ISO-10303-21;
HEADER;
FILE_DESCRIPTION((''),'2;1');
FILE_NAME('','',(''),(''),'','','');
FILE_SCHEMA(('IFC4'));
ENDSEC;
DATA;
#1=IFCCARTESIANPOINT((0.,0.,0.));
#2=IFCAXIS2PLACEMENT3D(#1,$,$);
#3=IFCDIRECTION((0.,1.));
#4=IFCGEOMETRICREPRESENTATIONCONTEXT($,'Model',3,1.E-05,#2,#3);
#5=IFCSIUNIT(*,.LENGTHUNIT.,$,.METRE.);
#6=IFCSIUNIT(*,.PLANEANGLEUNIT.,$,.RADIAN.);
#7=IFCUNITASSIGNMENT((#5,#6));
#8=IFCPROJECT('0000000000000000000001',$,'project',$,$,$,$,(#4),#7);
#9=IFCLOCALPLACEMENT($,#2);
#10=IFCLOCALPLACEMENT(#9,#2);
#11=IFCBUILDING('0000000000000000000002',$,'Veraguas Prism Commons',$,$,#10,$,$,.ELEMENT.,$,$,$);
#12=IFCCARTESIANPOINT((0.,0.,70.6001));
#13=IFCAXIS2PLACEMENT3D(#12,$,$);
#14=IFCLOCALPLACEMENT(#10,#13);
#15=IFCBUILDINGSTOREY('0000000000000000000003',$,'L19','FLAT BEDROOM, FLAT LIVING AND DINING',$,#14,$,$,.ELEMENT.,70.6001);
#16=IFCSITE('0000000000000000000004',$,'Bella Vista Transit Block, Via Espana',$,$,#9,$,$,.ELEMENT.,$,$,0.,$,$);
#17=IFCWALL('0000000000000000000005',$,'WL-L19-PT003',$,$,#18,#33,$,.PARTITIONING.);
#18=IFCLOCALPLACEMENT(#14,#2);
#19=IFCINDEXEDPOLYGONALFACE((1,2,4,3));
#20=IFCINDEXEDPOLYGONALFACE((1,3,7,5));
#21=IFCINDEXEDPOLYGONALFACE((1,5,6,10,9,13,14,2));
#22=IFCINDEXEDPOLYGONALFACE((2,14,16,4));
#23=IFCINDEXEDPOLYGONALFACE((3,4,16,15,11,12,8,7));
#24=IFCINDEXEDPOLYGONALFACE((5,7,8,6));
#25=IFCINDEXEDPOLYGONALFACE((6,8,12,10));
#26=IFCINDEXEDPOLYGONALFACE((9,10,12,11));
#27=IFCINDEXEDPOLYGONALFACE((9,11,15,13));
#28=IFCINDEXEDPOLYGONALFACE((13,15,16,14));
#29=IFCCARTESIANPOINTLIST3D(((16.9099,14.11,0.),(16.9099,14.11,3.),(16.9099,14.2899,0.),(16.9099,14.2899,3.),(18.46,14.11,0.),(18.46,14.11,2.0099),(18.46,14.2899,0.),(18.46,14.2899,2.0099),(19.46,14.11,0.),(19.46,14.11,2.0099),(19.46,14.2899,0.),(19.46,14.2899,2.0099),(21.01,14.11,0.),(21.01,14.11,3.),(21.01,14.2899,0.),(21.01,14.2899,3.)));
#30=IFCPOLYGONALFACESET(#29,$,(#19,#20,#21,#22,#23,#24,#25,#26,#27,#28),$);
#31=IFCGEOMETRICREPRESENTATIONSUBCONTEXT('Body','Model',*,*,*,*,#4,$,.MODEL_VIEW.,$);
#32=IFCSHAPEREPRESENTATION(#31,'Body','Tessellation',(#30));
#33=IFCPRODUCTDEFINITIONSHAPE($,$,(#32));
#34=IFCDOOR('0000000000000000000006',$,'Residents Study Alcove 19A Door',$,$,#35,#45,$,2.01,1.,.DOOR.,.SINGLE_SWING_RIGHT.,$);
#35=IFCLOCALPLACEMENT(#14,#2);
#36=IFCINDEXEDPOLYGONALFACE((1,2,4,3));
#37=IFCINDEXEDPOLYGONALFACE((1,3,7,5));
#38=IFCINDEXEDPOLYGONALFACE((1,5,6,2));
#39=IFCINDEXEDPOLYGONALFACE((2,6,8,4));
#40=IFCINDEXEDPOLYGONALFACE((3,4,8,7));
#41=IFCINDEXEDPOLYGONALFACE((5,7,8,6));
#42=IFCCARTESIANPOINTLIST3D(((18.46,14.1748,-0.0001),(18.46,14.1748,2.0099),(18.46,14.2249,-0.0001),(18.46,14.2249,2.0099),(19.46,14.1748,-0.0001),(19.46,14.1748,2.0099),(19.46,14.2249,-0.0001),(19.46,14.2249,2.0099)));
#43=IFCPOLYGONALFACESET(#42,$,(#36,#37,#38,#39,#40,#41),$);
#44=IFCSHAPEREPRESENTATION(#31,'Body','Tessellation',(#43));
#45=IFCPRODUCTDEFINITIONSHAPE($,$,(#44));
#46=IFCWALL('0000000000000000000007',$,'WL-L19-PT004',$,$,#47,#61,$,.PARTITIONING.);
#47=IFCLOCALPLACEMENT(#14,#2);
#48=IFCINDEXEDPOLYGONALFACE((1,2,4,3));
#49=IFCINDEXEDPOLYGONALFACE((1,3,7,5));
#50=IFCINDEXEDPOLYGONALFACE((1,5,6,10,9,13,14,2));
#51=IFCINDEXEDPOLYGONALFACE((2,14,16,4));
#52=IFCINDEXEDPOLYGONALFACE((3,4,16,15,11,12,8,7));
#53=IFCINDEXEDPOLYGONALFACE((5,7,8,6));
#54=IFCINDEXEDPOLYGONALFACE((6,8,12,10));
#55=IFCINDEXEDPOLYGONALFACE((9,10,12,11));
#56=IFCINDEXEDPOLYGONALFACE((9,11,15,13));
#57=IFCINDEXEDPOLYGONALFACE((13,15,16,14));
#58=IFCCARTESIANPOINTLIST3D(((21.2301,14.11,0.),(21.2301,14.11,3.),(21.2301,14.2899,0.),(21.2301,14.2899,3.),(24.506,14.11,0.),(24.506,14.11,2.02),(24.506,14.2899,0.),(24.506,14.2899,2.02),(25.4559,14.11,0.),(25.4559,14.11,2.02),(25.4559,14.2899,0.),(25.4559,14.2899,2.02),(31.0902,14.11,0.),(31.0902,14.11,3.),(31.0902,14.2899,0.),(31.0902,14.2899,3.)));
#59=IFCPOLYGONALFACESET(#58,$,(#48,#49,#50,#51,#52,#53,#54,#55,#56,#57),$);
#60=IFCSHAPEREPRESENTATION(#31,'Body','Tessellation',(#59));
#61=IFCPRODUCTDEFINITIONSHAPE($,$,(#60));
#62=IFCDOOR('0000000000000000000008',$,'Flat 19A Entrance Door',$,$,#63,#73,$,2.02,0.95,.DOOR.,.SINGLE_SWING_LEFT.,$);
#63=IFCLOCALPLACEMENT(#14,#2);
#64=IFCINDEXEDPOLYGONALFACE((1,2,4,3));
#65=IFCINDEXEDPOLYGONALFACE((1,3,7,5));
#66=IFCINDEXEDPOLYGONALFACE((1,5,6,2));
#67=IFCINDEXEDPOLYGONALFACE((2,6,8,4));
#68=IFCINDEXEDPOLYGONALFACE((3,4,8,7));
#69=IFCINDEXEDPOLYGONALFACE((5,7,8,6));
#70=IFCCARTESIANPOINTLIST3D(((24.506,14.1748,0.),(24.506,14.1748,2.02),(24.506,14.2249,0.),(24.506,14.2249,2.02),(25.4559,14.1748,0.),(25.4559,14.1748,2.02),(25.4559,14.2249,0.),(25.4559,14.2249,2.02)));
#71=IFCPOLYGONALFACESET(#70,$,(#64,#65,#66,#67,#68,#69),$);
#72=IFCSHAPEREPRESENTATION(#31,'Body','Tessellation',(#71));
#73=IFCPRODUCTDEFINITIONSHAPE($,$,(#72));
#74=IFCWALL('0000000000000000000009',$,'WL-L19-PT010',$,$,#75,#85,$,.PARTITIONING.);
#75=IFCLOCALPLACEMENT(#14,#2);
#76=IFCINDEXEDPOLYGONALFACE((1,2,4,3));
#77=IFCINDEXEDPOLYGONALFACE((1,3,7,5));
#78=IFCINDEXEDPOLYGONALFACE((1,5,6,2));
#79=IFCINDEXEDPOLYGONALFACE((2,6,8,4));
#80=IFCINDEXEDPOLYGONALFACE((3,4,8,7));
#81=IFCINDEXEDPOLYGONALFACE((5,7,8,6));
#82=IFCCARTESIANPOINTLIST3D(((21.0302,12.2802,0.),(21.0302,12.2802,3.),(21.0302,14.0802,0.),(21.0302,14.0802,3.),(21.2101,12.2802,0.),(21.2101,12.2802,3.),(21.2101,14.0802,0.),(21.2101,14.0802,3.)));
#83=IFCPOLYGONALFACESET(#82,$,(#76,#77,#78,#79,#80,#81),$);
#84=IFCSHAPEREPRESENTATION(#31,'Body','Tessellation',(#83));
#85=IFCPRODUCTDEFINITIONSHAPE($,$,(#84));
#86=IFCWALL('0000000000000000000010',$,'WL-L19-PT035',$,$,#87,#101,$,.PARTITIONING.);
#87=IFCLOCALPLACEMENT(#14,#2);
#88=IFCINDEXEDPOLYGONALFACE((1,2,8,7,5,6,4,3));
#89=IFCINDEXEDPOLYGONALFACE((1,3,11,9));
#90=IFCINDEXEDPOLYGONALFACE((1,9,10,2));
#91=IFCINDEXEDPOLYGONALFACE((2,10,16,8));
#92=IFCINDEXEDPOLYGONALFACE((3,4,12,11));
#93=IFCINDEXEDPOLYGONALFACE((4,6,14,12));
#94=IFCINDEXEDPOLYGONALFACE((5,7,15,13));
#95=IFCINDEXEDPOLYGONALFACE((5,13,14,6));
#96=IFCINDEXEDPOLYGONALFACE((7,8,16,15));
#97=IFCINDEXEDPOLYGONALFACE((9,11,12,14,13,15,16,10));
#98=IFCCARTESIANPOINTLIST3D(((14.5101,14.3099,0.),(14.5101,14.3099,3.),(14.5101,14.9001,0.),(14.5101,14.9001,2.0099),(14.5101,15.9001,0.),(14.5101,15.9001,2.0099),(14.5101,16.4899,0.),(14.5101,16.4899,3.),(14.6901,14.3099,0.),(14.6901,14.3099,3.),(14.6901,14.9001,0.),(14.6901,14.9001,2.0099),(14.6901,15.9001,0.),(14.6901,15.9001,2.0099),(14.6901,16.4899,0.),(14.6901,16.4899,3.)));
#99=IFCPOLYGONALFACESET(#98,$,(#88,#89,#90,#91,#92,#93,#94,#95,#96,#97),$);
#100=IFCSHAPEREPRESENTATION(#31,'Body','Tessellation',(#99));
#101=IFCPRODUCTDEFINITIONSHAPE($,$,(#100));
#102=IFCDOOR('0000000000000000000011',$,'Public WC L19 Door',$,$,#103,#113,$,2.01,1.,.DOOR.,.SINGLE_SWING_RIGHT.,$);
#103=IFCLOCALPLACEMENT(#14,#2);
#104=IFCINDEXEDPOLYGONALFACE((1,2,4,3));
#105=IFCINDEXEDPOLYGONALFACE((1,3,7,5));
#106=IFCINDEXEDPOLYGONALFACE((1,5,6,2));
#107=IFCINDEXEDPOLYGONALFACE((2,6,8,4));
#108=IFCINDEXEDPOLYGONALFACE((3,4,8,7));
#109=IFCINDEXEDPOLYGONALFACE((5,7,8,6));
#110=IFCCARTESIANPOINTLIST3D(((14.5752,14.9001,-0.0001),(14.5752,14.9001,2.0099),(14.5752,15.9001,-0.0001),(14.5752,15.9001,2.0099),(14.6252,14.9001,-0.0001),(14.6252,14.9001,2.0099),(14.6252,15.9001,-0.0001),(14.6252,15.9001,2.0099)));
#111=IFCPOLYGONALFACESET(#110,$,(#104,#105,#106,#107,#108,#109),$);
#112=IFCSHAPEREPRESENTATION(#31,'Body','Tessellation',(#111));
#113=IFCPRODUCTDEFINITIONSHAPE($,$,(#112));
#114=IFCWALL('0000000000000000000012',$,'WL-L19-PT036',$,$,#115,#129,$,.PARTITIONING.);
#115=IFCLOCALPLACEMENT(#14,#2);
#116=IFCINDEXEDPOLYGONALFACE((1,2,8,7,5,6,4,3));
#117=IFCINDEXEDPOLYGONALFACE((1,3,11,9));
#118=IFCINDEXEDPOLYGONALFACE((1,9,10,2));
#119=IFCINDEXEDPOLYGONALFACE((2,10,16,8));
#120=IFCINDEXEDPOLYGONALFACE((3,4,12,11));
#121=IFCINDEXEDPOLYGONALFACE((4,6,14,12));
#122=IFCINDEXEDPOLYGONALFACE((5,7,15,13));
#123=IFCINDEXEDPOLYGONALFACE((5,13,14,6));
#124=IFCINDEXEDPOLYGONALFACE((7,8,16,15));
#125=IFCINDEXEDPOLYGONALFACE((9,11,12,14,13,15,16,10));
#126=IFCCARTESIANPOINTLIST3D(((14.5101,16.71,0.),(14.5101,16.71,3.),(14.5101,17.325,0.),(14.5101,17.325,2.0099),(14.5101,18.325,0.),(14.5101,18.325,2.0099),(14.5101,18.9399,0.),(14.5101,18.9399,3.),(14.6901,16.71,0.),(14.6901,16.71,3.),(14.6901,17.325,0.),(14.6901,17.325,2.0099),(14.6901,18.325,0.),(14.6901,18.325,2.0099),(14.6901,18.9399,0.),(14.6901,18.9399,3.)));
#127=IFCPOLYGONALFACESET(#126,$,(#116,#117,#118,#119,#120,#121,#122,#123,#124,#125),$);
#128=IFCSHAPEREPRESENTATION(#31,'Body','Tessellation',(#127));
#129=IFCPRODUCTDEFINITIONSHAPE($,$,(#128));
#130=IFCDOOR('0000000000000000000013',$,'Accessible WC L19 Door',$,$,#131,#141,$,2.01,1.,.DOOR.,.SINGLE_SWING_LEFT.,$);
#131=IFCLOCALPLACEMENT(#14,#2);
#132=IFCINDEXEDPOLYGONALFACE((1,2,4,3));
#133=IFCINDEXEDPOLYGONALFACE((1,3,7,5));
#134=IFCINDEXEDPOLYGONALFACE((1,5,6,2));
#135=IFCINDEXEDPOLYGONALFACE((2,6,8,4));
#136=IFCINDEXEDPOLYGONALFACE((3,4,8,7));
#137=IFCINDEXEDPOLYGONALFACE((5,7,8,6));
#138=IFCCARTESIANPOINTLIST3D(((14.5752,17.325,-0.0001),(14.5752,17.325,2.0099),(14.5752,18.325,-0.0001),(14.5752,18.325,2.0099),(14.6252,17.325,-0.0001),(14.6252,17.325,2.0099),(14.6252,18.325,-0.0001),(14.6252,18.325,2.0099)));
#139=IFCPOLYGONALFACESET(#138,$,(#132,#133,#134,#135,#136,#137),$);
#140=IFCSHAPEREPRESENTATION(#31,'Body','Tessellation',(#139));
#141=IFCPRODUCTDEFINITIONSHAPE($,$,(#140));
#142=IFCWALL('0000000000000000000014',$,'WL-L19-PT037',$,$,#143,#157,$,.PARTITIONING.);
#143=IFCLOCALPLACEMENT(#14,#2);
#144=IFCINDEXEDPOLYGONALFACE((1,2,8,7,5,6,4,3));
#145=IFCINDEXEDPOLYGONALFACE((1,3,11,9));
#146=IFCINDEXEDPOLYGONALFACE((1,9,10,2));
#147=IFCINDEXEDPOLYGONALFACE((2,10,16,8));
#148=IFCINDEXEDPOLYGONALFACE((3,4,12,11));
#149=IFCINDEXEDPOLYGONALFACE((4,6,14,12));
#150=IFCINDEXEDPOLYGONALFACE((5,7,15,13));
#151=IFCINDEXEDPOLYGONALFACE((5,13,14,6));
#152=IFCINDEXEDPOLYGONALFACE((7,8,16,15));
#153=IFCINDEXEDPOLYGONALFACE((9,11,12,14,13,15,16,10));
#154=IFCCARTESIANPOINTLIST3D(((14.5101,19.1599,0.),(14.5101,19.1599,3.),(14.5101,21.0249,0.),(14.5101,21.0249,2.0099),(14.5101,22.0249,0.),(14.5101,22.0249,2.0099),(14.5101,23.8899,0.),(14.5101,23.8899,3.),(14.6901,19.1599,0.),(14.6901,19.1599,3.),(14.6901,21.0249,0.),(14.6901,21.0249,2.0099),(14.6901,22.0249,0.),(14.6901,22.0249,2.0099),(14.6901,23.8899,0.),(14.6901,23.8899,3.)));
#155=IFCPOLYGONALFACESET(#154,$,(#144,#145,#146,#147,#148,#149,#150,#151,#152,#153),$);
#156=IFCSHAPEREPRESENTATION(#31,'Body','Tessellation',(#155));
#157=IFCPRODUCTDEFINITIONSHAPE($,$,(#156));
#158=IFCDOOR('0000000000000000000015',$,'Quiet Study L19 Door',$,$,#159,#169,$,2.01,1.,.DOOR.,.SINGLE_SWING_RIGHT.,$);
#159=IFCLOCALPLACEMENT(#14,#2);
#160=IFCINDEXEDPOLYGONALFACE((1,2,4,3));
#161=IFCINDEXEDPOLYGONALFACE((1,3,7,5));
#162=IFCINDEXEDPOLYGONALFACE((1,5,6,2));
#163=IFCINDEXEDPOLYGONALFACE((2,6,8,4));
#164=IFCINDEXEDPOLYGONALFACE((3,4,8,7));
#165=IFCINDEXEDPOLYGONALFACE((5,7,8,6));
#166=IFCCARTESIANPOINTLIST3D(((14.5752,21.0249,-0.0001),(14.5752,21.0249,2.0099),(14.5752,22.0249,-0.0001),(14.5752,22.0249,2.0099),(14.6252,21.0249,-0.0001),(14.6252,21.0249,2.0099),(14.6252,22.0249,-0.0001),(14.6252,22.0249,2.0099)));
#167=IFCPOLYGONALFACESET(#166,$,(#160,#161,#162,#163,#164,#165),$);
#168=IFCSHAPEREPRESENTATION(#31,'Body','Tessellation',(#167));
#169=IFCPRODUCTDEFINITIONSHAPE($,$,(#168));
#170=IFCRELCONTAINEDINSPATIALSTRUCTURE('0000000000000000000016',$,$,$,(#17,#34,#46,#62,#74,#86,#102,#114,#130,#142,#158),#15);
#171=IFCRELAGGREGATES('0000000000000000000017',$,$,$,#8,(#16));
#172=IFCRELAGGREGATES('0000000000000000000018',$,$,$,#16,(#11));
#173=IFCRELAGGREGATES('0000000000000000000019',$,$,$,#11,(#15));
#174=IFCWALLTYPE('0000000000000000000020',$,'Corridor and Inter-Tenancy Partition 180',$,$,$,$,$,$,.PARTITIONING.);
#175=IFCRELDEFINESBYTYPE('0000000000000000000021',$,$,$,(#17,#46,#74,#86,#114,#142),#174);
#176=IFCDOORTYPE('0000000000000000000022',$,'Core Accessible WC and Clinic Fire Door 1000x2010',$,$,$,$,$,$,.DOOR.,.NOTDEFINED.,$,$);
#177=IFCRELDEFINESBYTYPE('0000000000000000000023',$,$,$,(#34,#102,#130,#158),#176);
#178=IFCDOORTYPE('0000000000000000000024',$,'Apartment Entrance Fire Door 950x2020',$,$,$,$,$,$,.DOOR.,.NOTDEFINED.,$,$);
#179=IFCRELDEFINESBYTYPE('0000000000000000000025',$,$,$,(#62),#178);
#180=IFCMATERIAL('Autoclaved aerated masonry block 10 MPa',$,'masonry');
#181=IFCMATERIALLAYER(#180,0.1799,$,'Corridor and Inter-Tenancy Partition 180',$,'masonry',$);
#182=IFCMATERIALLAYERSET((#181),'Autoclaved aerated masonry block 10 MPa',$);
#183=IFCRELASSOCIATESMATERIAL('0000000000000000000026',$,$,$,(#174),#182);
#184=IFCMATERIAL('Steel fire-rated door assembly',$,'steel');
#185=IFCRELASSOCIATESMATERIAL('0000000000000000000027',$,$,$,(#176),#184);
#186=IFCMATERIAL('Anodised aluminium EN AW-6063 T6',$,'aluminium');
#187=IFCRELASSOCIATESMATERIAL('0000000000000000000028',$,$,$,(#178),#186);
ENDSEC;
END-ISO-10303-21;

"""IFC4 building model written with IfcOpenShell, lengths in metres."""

from ifc_helpers import new_model, si_unit, direction, frame, frame_2d, origin, place, context, subcontext, project, spatial, rectangle, extrude, source, transform, mapped, material, layer, layer_set, type_object, element, fill, save


model = new_model("IFC4")

# Units and contexts
model_context = context("Model", 3, precision=1e-05, world=origin(), true_north=direction((0.0, 1.0)))
body_context = subcontext(model_context, "Body", "Model", "MODEL_VIEW")
ifc_project = project(units=[si_unit("LENGTHUNIT", "METRE"), si_unit("PLANEANGLEUNIT", "RADIAN")], contexts=[model_context])

# Site, building, storey
site_placement = place(None, origin())
site = spatial("IfcSite", under=ifc_project, at=site_placement, Name="Bella Vista Transit Block, Via Espana", CompositionType="ELEMENT", RefElevation=0.0)
building_placement = place(site_placement, origin())
building = spatial("IfcBuilding", under=site, at=building_placement, Name="Veraguas Prism Commons", CompositionType="ELEMENT")
storey_placement = place(building_placement, frame((0.0, 0.0, 70.6001)))
storey = spatial("IfcBuildingStorey", under=building, at=storey_placement, Name="L19", Description="FLAT BEDROOM, FLAT LIVING AND DINING", CompositionType="ELEMENT", Elevation=70.6001)

# Shared definitions
ifc_material_1 = material(Name="Steel fire-rated door assembly", Category="steel")

# Walls, openings, doors
ifc_material_2 = material(Name="Autoclaved aerated masonry block 10 MPa", Category="masonry")
ifc_layer_1 = layer(ifc_material_2, 0.1799, Name="Corridor and Inter-Tenancy Partition 180", Category="masonry")
ifc_layer_set_1 = layer_set([ifc_layer_1], Name="Autoclaved aerated masonry block 10 MPa")
wall_type_1 = type_object("IfcWallType", Name="Corridor and Inter-Tenancy Partition 180", PredefinedType="PARTITIONING", material=ifc_layer_set_1)
wall_1_placement = place(storey_placement, frame((16.9099, 14.2, 0.0), z_axis=(0.0, 0.0, 1.0), x_axis=(1.0, 0.0, 0.0)))
wall_1 = element("IfcWall", 1, at=wall_1_placement, inside=storey, type_object=wall_type_1, Name="WL-L19-PT003", PredefinedType="PARTITIONING", context=body_context, shape_type="SweptSolid", body=[
    extrude(rectangle(XDim=4.1001, YDim=0.1799, at=frame_2d((2.05, 0.0))), origin(), (0.0, 0.0, 1.0), 3.0),
])
opening_1_placement = place(wall_1_placement, frame((1.55, 0.0, 0.0)))
opening_1 = element("IfcOpeningElement", 2, at=opening_1_placement, cuts=wall_1, PredefinedType="OPENING", context=body_context, shape_type="SweptSolid", body=[
    extrude(rectangle(XDim=1.0, YDim=2.01, at=frame_2d((0.5, 1.0049))), frame((0.0, 0.0999, 0.0), z_axis=(0.0, -1.0, 0.0), x_axis=(1.0, 0.0, 0.0)), (0.0, 0.0, 1.0), 0.2),
])
door_type_1 = type_object("IfcDoorType", Name="Core Accessible WC and Clinic Fire Door 1000x2010", OperationType="NOTDEFINED", PredefinedType="DOOR", material=ifc_material_1)
shared_shape_1 = source(origin(), body_context, "Body", "SweptSolid", [
    extrude(rectangle(XDim=1.0, YDim=2.01, at=frame_2d((0.5, 1.0049))), frame((0.0, 0.0249, 0.0), z_axis=(0.0, -1.0, 0.0), x_axis=(1.0, 0.0, 0.0)), (0.0, 0.0, 1.0), 0.05),
])
door_1_placement = place(opening_1_placement, origin())
door_1 = element("IfcDoor", 3, at=door_1_placement, inside=storey, type_object=door_type_1, Name="Residents Study Alcove 19A Door", OperationType="SINGLE_SWING_RIGHT", OverallHeight=2.01, OverallWidth=1.0, PredefinedType="DOOR", context=body_context, shape_type="MappedRepresentation", body=[
    mapped(shared_shape_1, transform((0.0, 0.0, 0.0), scale=1.0)),
])
fill(opening_1, door_1)
wall_2_placement = place(storey_placement, frame((21.23, 14.2, 0.0), z_axis=(0.0, 0.0, 1.0), x_axis=(1.0, 0.0, 0.0)))
wall_2 = element("IfcWall", 4, at=wall_2_placement, inside=storey, type_object=wall_type_1, Name="WL-L19-PT004", PredefinedType="PARTITIONING", context=body_context, shape_type="SweptSolid", body=[
    extrude(rectangle(XDim=9.8601, YDim=0.1799, at=frame_2d((4.9302, 0.0))), origin(), (0.0, 0.0, 1.0), 3.0),
])
opening_2_placement = place(wall_2_placement, frame((3.2759, 0.0, 0.0)))
opening_2 = element("IfcOpeningElement", 5, at=opening_2_placement, cuts=wall_2, PredefinedType="OPENING", context=body_context, shape_type="SweptSolid", body=[
    extrude(rectangle(XDim=0.95, YDim=2.02, at=frame_2d((0.4751, 1.01))), frame((0.0, 0.0999, 0.0), z_axis=(0.0, -1.0, 0.0), x_axis=(1.0, 0.0, 0.0)), (0.0, 0.0, 1.0), 0.2),
])
ifc_material_3 = material(Name="Anodised aluminium EN AW-6063 T6", Category="aluminium")
door_type_2 = type_object("IfcDoorType", Name="Apartment Entrance Fire Door 950x2020", OperationType="NOTDEFINED", PredefinedType="DOOR", material=ifc_material_3)
shared_shape_2 = source(origin(), body_context, "Body", "SweptSolid", [
    extrude(rectangle(XDim=0.95, YDim=2.02, at=frame_2d((0.4751, 1.01))), frame((0.0, 0.0249, 0.0), z_axis=(0.0, -1.0, 0.0), x_axis=(1.0, 0.0, 0.0)), (0.0, 0.0, 1.0), 0.05),
])
door_2_placement = place(opening_2_placement, origin())
door_2 = element("IfcDoor", 6, at=door_2_placement, inside=storey, type_object=door_type_2, Name="Flat 19A Entrance Door", OperationType="SINGLE_SWING_LEFT", OverallHeight=2.02, OverallWidth=0.95, PredefinedType="DOOR", context=body_context, shape_type="MappedRepresentation", body=[
    mapped(shared_shape_2, transform((0.0, 0.0, 0.0), scale=1.0)),
])
fill(opening_2, door_2)

# Wall
wall_3_placement = place(storey_placement, frame((21.1201, 14.0801, 0.0), z_axis=(0.0, 0.0, 1.0), x_axis=(0.0, -1.0, 0.0)))
element("IfcWall", 7, at=wall_3_placement, inside=storey, type_object=wall_type_1, Name="WL-L19-PT010", PredefinedType="PARTITIONING", context=body_context, shape_type="SweptSolid", body=[
    extrude(rectangle(XDim=1.8, YDim=0.1799, at=frame_2d((0.8999, 0.0))), origin(), (0.0, 0.0, 1.0), 3.0),
])

# Walls, openings, doors
wall_4_placement = place(storey_placement, frame((14.6001, 14.3101, 0.0), z_axis=(0.0, 0.0, 1.0), x_axis=(0.0, 1.0, 0.0)))
wall_4 = element("IfcWall", 8, at=wall_4_placement, inside=storey, type_object=wall_type_1, Name="WL-L19-PT035", PredefinedType="PARTITIONING", context=body_context, shape_type="SweptSolid", body=[
    extrude(rectangle(XDim=2.1799, YDim=0.1799, at=frame_2d((1.0898, 0.0))), origin(), (0.0, 0.0, 1.0), 3.0),
])
opening_3_placement = place(wall_4_placement, frame((0.5901, 0.0, 0.0)))
opening_3 = element("IfcOpeningElement", 9, at=opening_3_placement, cuts=wall_4, PredefinedType="OPENING", context=body_context, shape_type="SweptSolid", body=[
    extrude(rectangle(XDim=1.0, YDim=2.01, at=frame_2d((0.5, 1.0049))), frame((0.0, 0.0999, 0.0), z_axis=(0.0, -1.0, 0.0), x_axis=(1.0, 0.0, 0.0)), (0.0, 0.0, 1.0), 0.2),
])
door_3_placement = place(opening_3_placement, origin())
door_3 = element("IfcDoor", 10, at=door_3_placement, inside=storey, type_object=door_type_1, Name="Public WC L19 Door", OperationType="SINGLE_SWING_RIGHT", OverallHeight=2.01, OverallWidth=1.0, PredefinedType="DOOR", context=body_context, shape_type="MappedRepresentation", body=[
    mapped(shared_shape_1, transform((0.0, 0.0, 0.0), scale=1.0)),
])
fill(opening_3, door_3)
wall_5_placement = place(storey_placement, frame((14.6001, 16.71, 0.0), z_axis=(0.0, 0.0, 1.0), x_axis=(0.0, 1.0, 0.0)))
wall_5 = element("IfcWall", 11, at=wall_5_placement, inside=storey, type_object=wall_type_1, Name="WL-L19-PT036", PredefinedType="PARTITIONING", context=body_context, shape_type="SweptSolid", body=[
    extrude(rectangle(XDim=2.23, YDim=0.1799, at=frame_2d((1.115, 0.0))), origin(), (0.0, 0.0, 1.0), 3.0),
])
opening_4_placement = place(wall_5_placement, frame((0.615, 0.0, 0.0)))
opening_4 = element("IfcOpeningElement", 12, at=opening_4_placement, cuts=wall_5, PredefinedType="OPENING", context=body_context, shape_type="SweptSolid", body=[
    extrude(rectangle(XDim=1.0, YDim=2.01, at=frame_2d((0.5, 1.0049))), frame((0.0, 0.0999, 0.0), z_axis=(0.0, -1.0, 0.0), x_axis=(1.0, 0.0, 0.0)), (0.0, 0.0, 1.0), 0.2),
])
door_4_placement = place(opening_4_placement, origin())
door_4 = element("IfcDoor", 13, at=door_4_placement, inside=storey, type_object=door_type_1, Name="Accessible WC L19 Door", OperationType="SINGLE_SWING_LEFT", OverallHeight=2.01, OverallWidth=1.0, PredefinedType="DOOR", context=body_context, shape_type="MappedRepresentation", body=[
    mapped(shared_shape_1, transform((0.0, 0.0, 0.0), scale=1.0)),
])
fill(opening_4, door_4)
wall_6_placement = place(storey_placement, frame((14.6001, 19.1599, 0.0), z_axis=(0.0, 0.0, 1.0), x_axis=(0.0, 1.0, 0.0)))
wall_6 = element("IfcWall", 14, at=wall_6_placement, inside=storey, type_object=wall_type_1, Name="WL-L19-PT037", PredefinedType="PARTITIONING", context=body_context, shape_type="SweptSolid", body=[
    extrude(rectangle(XDim=4.73, YDim=0.1799, at=frame_2d((2.365, 0.0))), origin(), (0.0, 0.0, 1.0), 3.0),
])
opening_5_placement = place(wall_6_placement, frame((1.865, 0.0, 0.0)))
opening_5 = element("IfcOpeningElement", 15, at=opening_5_placement, cuts=wall_6, PredefinedType="OPENING", context=body_context, shape_type="SweptSolid", body=[
    extrude(rectangle(XDim=1.0, YDim=2.01, at=frame_2d((0.5, 1.0049))), frame((0.0, 0.0999, 0.0), z_axis=(0.0, -1.0, 0.0), x_axis=(1.0, 0.0, 0.0)), (0.0, 0.0, 1.0), 0.2),
])
door_5_placement = place(opening_5_placement, origin())
door_5 = element("IfcDoor", 16, at=door_5_placement, inside=storey, type_object=door_type_1, Name="Quiet Study L19 Door", OperationType="SINGLE_SWING_RIGHT", OverallHeight=2.01, OverallWidth=1.0, PredefinedType="DOOR", context=body_context, shape_type="MappedRepresentation", body=[
    mapped(shared_shape_1, transform((0.0, 0.0, 0.0), scale=1.0)),
])
fill(opening_5, door_5)

save(model, "model.ifc")
